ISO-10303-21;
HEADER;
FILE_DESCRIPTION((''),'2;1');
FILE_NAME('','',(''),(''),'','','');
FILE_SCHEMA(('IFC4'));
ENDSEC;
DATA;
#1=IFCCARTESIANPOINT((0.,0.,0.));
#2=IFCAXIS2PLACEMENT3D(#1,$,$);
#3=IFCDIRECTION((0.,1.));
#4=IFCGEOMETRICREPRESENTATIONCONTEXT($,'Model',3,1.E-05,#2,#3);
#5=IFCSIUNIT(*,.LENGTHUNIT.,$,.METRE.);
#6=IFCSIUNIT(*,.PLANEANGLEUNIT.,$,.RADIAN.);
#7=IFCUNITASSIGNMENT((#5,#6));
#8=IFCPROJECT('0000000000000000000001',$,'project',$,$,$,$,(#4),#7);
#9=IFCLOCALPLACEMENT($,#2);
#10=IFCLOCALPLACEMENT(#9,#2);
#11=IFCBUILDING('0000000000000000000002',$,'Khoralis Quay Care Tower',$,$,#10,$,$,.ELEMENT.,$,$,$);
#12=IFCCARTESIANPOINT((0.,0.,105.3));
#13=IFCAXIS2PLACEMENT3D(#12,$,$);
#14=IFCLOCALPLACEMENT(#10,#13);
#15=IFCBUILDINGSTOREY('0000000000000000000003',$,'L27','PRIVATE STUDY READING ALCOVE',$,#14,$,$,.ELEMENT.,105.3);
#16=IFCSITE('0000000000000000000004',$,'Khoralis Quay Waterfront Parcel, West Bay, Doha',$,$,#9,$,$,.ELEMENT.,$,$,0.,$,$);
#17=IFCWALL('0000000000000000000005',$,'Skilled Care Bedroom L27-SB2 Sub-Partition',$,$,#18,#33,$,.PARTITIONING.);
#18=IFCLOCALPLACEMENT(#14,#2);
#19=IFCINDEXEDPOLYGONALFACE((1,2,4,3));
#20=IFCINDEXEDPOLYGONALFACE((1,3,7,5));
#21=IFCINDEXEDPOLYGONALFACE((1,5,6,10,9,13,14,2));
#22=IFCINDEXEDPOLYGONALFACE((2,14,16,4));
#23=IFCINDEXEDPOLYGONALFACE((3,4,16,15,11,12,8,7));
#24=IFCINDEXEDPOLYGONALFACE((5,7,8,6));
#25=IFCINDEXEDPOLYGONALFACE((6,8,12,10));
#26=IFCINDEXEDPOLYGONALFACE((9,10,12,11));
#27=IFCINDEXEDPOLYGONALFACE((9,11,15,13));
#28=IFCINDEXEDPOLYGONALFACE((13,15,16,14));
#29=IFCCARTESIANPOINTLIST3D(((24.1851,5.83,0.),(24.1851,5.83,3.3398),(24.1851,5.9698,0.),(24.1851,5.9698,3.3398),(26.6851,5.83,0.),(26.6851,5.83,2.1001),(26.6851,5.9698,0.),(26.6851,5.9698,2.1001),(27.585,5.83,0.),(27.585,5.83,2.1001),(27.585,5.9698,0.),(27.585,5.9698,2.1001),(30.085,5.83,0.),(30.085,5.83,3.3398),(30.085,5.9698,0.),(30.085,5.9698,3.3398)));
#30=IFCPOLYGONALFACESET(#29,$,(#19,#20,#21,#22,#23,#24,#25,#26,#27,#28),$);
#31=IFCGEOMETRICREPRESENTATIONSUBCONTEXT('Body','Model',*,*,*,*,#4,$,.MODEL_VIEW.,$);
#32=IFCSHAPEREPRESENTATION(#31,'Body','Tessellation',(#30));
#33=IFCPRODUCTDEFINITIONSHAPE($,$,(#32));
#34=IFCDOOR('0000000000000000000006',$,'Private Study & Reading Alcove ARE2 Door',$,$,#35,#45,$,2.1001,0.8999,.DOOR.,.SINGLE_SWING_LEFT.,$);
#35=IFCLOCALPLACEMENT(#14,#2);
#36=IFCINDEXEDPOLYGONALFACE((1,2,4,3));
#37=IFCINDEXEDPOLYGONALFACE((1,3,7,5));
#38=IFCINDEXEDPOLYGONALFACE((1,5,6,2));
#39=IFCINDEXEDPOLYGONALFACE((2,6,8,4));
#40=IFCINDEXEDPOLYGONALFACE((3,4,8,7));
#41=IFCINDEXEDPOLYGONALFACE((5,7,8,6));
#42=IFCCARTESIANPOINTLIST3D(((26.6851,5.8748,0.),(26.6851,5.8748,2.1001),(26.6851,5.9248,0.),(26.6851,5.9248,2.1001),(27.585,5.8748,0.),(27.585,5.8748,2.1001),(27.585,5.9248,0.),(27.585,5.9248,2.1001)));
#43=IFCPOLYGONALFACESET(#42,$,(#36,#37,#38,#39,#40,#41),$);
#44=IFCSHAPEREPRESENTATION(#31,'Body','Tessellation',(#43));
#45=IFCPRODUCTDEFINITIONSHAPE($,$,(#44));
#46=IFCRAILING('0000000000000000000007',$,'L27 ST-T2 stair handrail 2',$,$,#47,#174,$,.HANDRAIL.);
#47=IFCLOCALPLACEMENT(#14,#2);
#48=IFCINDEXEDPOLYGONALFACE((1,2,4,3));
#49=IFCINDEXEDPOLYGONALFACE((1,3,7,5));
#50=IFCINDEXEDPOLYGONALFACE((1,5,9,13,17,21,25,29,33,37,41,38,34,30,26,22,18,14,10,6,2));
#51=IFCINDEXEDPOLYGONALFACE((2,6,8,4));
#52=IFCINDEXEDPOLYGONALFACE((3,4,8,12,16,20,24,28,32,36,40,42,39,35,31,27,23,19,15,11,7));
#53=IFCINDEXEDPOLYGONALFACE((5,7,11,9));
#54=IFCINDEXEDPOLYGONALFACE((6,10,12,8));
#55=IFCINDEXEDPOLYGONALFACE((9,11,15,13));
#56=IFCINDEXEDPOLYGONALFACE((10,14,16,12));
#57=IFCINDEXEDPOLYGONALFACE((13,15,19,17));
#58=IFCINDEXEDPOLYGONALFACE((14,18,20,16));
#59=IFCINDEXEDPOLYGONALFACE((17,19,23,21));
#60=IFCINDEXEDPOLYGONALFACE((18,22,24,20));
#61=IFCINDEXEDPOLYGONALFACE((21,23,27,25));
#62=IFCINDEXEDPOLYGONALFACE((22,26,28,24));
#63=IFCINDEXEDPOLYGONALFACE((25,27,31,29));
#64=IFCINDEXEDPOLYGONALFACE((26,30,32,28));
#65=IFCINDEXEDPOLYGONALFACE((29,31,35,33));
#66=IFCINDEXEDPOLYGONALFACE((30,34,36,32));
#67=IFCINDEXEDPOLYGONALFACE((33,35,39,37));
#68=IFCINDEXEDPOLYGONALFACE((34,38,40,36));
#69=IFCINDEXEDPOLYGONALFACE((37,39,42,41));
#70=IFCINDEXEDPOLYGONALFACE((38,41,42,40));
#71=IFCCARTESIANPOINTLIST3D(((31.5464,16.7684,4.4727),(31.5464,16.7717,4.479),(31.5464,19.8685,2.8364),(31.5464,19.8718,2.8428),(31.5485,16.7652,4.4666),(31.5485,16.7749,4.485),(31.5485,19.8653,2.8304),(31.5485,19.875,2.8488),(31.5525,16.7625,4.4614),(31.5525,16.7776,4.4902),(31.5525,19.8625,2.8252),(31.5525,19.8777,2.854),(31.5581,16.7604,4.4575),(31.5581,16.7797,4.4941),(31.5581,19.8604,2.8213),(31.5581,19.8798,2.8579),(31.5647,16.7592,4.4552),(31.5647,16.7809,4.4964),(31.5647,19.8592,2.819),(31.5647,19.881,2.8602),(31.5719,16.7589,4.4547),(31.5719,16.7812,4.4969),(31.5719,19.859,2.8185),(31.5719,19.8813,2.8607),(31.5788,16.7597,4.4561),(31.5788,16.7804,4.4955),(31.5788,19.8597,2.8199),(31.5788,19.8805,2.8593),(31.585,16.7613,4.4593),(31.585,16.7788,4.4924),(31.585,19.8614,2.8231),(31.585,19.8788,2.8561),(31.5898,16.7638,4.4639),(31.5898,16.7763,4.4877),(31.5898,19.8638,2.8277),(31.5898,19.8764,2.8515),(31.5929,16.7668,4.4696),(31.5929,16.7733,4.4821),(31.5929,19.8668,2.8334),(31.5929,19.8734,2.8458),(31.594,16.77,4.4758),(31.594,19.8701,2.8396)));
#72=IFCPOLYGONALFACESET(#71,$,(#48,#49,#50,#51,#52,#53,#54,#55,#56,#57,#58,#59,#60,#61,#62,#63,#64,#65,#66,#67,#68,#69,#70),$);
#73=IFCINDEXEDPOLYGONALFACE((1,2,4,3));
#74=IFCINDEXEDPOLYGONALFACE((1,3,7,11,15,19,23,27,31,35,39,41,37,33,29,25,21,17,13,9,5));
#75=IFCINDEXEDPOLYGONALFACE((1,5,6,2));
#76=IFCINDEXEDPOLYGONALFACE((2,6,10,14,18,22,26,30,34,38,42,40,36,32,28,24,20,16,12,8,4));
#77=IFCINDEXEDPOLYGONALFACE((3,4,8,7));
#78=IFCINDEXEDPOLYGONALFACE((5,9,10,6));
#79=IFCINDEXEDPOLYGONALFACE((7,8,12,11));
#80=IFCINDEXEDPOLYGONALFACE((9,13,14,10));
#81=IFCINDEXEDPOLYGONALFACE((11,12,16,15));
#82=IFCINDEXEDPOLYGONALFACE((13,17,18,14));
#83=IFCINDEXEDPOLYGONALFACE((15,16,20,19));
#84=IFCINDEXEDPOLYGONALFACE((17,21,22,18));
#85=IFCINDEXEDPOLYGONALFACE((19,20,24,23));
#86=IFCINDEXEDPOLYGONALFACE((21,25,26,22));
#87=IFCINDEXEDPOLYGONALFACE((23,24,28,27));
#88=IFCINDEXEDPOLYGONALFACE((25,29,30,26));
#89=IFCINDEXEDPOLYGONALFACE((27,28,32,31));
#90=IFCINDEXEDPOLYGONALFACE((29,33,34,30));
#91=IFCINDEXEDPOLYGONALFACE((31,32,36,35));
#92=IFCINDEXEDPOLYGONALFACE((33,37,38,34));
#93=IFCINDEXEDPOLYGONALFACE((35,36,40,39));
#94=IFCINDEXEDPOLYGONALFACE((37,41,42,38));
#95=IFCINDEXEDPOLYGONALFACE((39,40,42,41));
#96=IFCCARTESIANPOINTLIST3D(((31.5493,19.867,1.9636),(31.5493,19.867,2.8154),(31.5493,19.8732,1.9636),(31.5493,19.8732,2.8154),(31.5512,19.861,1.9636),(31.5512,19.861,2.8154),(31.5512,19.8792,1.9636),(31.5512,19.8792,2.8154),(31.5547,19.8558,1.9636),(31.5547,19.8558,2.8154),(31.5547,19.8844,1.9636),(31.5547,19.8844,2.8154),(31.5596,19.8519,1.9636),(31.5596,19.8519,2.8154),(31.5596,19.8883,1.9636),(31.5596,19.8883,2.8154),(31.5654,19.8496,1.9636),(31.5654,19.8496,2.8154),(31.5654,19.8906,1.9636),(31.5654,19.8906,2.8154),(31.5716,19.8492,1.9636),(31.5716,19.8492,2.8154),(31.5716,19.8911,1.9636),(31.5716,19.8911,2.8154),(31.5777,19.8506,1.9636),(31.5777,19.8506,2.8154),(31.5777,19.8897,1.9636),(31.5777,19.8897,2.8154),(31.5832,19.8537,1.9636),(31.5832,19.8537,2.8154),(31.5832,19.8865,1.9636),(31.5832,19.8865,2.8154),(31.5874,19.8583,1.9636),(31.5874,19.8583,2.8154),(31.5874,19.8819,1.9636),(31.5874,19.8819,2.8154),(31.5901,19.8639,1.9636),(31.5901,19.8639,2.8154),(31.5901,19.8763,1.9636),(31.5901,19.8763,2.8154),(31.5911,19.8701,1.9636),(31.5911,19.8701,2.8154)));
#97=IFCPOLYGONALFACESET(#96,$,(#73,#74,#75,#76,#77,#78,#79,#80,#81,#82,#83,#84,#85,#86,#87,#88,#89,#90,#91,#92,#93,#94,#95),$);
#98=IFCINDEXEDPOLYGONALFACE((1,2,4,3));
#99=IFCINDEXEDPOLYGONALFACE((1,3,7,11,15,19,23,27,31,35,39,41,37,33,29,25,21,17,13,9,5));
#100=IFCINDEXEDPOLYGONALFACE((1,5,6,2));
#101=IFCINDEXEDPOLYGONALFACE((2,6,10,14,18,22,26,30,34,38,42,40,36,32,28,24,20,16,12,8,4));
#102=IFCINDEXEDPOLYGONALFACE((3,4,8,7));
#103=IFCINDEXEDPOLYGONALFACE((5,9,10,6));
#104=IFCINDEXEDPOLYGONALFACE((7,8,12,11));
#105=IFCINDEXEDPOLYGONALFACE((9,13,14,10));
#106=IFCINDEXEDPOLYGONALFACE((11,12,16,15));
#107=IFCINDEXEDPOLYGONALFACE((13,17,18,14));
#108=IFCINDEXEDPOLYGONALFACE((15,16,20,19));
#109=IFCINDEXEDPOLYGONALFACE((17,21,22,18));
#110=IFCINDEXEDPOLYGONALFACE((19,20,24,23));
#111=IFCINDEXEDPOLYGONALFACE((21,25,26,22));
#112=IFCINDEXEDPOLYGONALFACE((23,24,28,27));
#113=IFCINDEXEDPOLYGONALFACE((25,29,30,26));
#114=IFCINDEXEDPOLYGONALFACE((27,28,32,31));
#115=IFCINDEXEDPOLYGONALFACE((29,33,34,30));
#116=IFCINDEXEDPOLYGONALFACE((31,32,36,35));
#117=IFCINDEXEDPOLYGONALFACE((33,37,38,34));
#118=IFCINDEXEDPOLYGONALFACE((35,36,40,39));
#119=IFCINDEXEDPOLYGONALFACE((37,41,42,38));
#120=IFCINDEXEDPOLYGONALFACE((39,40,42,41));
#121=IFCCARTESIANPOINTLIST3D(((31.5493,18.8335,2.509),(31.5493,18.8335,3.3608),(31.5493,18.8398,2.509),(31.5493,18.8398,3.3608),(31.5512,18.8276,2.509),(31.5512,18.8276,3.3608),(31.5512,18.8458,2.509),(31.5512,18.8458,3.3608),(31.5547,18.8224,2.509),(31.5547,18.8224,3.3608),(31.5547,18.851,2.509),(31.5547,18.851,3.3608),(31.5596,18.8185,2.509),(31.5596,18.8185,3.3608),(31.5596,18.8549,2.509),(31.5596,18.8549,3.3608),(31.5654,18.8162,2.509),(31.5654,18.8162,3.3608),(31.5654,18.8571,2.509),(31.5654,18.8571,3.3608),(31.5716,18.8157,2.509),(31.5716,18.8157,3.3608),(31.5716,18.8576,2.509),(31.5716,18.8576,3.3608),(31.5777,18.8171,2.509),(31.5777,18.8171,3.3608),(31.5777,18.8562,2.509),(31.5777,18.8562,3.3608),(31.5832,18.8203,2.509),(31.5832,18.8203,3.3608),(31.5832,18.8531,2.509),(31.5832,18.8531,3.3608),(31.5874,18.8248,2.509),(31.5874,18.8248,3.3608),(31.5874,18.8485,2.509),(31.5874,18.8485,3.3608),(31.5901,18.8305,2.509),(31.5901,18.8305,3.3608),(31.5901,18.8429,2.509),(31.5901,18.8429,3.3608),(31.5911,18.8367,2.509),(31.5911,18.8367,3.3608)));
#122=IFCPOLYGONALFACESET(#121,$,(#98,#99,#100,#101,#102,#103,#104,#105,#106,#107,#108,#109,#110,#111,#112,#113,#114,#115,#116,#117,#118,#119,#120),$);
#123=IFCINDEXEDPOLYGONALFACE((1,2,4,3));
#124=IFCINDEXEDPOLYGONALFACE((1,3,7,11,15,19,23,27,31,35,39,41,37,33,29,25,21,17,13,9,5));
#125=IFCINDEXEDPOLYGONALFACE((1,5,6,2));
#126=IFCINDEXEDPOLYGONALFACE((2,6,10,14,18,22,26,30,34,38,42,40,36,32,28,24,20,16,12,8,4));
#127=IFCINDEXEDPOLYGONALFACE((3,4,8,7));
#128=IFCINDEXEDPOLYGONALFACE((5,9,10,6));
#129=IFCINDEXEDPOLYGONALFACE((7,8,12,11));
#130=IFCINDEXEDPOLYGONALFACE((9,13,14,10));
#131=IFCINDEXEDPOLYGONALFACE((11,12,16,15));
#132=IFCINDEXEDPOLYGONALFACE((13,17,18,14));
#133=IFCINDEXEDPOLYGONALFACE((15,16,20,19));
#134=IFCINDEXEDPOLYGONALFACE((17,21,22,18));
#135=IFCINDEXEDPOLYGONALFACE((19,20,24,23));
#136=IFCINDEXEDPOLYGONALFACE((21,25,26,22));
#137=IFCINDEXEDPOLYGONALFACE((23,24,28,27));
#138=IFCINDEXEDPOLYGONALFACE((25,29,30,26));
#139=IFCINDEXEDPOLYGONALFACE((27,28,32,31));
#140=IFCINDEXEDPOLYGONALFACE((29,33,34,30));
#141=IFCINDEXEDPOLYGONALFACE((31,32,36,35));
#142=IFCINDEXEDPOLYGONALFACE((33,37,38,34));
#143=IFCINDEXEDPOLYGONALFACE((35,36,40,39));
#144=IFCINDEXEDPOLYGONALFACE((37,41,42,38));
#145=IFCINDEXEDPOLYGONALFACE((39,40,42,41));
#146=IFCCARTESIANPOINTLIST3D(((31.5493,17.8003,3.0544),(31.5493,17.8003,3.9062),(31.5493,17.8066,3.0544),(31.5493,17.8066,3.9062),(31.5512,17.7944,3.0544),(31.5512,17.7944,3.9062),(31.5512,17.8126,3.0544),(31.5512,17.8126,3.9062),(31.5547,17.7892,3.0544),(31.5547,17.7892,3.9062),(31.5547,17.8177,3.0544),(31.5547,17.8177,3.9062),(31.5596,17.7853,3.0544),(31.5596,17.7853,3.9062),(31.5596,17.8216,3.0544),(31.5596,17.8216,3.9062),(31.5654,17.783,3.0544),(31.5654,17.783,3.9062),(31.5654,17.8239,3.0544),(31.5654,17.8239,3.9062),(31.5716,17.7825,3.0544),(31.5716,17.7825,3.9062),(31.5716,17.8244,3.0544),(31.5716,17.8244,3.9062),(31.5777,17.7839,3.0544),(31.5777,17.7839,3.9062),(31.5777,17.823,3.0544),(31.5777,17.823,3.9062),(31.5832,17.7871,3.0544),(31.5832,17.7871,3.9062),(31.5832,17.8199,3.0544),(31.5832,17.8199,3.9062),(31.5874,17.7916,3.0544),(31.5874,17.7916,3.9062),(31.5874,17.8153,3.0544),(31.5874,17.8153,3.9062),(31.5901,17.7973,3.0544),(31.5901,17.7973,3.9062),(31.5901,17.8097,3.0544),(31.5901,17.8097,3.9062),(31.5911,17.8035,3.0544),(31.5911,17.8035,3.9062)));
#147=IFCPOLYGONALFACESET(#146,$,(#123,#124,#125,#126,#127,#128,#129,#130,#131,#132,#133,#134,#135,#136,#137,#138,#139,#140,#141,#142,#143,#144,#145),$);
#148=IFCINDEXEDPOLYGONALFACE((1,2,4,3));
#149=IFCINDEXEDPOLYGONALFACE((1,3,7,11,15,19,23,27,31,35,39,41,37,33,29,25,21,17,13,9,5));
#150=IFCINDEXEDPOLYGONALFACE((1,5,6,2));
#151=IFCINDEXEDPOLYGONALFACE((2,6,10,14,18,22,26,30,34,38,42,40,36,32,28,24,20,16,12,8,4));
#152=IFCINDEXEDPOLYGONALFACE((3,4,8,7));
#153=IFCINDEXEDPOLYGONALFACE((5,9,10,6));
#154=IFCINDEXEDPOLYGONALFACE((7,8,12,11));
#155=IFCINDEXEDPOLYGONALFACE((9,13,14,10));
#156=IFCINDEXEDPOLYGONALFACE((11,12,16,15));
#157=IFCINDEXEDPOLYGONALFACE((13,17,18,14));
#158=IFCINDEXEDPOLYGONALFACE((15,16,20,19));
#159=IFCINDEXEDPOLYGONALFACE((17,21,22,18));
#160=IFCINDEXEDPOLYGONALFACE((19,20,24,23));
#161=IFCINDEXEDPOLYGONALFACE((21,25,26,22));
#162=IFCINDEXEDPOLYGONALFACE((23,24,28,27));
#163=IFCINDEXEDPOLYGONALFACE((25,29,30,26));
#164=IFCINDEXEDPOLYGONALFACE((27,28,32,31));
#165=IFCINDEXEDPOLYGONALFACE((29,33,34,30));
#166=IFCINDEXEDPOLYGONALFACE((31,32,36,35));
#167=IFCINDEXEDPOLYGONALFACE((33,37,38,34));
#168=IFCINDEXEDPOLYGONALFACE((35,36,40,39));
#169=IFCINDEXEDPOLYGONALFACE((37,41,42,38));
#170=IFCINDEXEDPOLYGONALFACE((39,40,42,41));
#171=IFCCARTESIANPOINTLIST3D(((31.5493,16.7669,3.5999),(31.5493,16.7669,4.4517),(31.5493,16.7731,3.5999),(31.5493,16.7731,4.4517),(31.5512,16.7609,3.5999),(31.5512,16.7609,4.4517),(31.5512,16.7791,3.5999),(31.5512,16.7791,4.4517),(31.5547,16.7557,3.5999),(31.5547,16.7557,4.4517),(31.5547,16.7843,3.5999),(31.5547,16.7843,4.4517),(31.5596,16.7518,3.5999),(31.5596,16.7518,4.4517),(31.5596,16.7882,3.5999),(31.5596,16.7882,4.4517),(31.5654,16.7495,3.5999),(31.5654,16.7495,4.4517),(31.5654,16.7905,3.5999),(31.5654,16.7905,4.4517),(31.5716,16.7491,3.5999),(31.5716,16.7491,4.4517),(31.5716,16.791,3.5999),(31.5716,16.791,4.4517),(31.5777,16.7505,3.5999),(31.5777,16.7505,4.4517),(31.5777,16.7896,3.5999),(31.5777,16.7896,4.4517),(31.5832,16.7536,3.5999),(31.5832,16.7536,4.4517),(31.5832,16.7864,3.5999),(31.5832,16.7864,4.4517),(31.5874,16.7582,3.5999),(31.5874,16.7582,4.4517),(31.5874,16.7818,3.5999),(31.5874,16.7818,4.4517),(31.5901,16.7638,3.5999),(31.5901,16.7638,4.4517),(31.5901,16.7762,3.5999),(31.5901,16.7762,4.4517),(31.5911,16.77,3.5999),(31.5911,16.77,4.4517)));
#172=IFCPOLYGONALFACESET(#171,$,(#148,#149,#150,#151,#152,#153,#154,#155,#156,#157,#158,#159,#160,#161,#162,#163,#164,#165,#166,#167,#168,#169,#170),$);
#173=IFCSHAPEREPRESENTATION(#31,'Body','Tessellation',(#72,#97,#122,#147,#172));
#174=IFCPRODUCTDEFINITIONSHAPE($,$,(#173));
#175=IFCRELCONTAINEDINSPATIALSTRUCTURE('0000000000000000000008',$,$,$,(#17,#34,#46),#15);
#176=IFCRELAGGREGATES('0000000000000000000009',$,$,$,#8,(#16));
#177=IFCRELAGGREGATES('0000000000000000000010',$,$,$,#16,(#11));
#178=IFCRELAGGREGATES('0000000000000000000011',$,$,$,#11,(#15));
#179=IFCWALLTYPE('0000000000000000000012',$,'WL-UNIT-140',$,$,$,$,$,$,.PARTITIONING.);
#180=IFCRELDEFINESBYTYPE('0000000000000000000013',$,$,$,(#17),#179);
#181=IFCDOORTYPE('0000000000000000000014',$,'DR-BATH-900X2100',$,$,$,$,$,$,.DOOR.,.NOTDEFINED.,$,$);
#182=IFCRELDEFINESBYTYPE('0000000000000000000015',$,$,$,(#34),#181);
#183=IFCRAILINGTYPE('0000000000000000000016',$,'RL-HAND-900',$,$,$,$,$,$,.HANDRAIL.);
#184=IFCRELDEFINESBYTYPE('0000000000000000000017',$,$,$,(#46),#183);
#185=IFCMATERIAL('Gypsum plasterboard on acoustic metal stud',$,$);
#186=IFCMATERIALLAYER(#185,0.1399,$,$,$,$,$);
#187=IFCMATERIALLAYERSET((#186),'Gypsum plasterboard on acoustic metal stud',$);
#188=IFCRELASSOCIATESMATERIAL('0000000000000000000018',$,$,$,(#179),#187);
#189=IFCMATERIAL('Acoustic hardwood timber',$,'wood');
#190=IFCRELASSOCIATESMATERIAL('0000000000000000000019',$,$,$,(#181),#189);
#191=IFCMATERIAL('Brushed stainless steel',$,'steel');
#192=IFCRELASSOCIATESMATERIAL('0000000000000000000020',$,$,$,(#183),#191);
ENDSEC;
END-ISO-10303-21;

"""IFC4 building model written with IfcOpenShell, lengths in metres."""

from ifc_helpers import new_model, si_unit, direction, frame, frame_2d, origin, origin_2d, place, context, subcontext, project, spatial, rectangle, circle, extrude, source, transform, mapped, material, layer, layer_set, type_object, element, fill, save


model = new_model("IFC4")

# Units and contexts
model_context = context("Model", 3, precision=1e-05, world=origin(), true_north=direction((0.0, 1.0)))
body_context = subcontext(model_context, "Body", "Model", "MODEL_VIEW")
ifc_project = project(units=[si_unit("LENGTHUNIT", "METRE"), si_unit("PLANEANGLEUNIT", "RADIAN")], contexts=[model_context])

# Site, building, storey
site_placement = place(None, origin())
site = spatial("IfcSite", under=ifc_project, at=site_placement, Name="Khoralis Quay Waterfront Parcel, West Bay, Doha", CompositionType="ELEMENT", RefElevation=0.0)
building_placement = place(site_placement, origin())
building = spatial("IfcBuilding", under=site, at=building_placement, Name="Khoralis Quay Care Tower", CompositionType="ELEMENT")
storey_placement = place(building_placement, frame((0.0, 0.0, 105.3)))
storey = spatial("IfcBuildingStorey", under=building, at=storey_placement, Name="L27", Description="PRIVATE STUDY READING ALCOVE", CompositionType="ELEMENT", Elevation=105.3)

# Shared definitions
ifc_material_1 = material(Name="Gypsum plasterboard on acoustic metal stud")

# Shared definitions
ifc_material_2 = material(Name="Brushed stainless steel", Category="steel")

# Shared definitions
ifc_layer_1 = layer(ifc_material_1, 0.1399)
ifc_layer_set_1 = layer_set([ifc_layer_1], Name="Gypsum plasterboard on acoustic metal stud")
wall_type_1 = type_object("IfcWallType", Name="WL-UNIT-140", PredefinedType="PARTITIONING", material=ifc_layer_set_1)

# Wall, opening, door
wall_1_placement = place(storey_placement, frame((24.1851, 5.8999, 0.0), z_axis=(0.0, 0.0, 1.0), x_axis=(1.0, 0.0, 0.0)))
wall_1 = element("IfcWall", 1, at=wall_1_placement, inside=storey, type_object=wall_type_1, Name="Skilled Care Bedroom L27-SB2 Sub-Partition", PredefinedType="PARTITIONING", context=body_context, shape_type="SweptSolid", body=[
    extrude(rectangle(XDim=5.8999, YDim=0.1399, at=frame_2d((2.95, 0.0))), origin(), (0.0, 0.0, 1.0), 3.3398),
])
opening_1_placement = place(wall_1_placement, frame((2.5, 0.0, 0.0)))
opening_1 = element("IfcOpeningElement", 2, at=opening_1_placement, cuts=wall_1, PredefinedType="OPENING", context=body_context, shape_type="SweptSolid", body=[
    extrude(rectangle(XDim=0.8999, YDim=2.1001, at=frame_2d((0.45, 1.05))), frame((0.0, 0.0801, 0.0), z_axis=(0.0, -1.0, 0.0), x_axis=(1.0, 0.0, 0.0)), (0.0, 0.0, 1.0), 0.1599),
])
ifc_material_3 = material(Name="Acoustic hardwood timber", Category="wood")
door_type_1 = type_object("IfcDoorType", Name="DR-BATH-900X2100", OperationType="NOTDEFINED", PredefinedType="DOOR", material=ifc_material_3)
shared_shape_1 = source(origin(), body_context, "Body", "SweptSolid", [
    extrude(rectangle(XDim=0.8999, YDim=2.1001, at=frame_2d((0.45, 1.05))), frame((0.0, 0.0249, 0.0), z_axis=(0.0, -1.0, 0.0), x_axis=(1.0, 0.0, 0.0)), (0.0, 0.0, 1.0), 0.05),
])
door_1_placement = place(opening_1_placement, origin())
door_1 = element("IfcDoor", 3, at=door_1_placement, inside=storey, type_object=door_type_1, Name="Private Study & Reading Alcove ARE2 Door", OperationType="SINGLE_SWING_LEFT", OverallHeight=2.1001, OverallWidth=0.8999, PredefinedType="DOOR", context=body_context, shape_type="MappedRepresentation", body=[
    mapped(shared_shape_1, transform((0.0, 0.0, 0.0), scale=1.0)),
])
fill(opening_1, door_1)

# Railing
railing_type = type_object("IfcRailingType", Name="RL-HAND-900", PredefinedType="HANDRAIL", material=ifc_material_2)
railing_placement = place(storey_placement, frame((31.5701, 19.8701, 1.9636)))
element("IfcRailing", 4, at=railing_placement, inside=storey, type_object=railing_type, Name="L27 ST-T2 stair handrail 2", PredefinedType="HANDRAIL", context=body_context, shape_type="SweptSolid", body=[
    extrude(circle(Radius=0.0239, at=origin_2d()), frame((0.0, 0.0, 0.876), z_axis=(0.0, -0.884377, 0.466774), x_axis=(1.0, 0.0, 0.0)), (0.0, 0.0, 1.0), 3.5054),
    extrude(circle(Radius=0.021, at=origin_2d()), origin(), (0.0, 0.0, 1.0), 0.8518),
    extrude(circle(Radius=0.021, at=origin_2d()), frame((0.0, -1.0334, 0.5454)), (0.0, 0.0, 1.0), 0.8518),
    extrude(circle(Radius=0.021, at=origin_2d()), frame((0.0, -2.0667, 1.0908)), (0.0, 0.0, 1.0), 0.8518),
    extrude(circle(Radius=0.021, at=origin_2d()), frame((0.0, -3.1001, 1.6362)), (0.0, 0.0, 1.0), 0.8518),
])

save(model, "model.ifc")
